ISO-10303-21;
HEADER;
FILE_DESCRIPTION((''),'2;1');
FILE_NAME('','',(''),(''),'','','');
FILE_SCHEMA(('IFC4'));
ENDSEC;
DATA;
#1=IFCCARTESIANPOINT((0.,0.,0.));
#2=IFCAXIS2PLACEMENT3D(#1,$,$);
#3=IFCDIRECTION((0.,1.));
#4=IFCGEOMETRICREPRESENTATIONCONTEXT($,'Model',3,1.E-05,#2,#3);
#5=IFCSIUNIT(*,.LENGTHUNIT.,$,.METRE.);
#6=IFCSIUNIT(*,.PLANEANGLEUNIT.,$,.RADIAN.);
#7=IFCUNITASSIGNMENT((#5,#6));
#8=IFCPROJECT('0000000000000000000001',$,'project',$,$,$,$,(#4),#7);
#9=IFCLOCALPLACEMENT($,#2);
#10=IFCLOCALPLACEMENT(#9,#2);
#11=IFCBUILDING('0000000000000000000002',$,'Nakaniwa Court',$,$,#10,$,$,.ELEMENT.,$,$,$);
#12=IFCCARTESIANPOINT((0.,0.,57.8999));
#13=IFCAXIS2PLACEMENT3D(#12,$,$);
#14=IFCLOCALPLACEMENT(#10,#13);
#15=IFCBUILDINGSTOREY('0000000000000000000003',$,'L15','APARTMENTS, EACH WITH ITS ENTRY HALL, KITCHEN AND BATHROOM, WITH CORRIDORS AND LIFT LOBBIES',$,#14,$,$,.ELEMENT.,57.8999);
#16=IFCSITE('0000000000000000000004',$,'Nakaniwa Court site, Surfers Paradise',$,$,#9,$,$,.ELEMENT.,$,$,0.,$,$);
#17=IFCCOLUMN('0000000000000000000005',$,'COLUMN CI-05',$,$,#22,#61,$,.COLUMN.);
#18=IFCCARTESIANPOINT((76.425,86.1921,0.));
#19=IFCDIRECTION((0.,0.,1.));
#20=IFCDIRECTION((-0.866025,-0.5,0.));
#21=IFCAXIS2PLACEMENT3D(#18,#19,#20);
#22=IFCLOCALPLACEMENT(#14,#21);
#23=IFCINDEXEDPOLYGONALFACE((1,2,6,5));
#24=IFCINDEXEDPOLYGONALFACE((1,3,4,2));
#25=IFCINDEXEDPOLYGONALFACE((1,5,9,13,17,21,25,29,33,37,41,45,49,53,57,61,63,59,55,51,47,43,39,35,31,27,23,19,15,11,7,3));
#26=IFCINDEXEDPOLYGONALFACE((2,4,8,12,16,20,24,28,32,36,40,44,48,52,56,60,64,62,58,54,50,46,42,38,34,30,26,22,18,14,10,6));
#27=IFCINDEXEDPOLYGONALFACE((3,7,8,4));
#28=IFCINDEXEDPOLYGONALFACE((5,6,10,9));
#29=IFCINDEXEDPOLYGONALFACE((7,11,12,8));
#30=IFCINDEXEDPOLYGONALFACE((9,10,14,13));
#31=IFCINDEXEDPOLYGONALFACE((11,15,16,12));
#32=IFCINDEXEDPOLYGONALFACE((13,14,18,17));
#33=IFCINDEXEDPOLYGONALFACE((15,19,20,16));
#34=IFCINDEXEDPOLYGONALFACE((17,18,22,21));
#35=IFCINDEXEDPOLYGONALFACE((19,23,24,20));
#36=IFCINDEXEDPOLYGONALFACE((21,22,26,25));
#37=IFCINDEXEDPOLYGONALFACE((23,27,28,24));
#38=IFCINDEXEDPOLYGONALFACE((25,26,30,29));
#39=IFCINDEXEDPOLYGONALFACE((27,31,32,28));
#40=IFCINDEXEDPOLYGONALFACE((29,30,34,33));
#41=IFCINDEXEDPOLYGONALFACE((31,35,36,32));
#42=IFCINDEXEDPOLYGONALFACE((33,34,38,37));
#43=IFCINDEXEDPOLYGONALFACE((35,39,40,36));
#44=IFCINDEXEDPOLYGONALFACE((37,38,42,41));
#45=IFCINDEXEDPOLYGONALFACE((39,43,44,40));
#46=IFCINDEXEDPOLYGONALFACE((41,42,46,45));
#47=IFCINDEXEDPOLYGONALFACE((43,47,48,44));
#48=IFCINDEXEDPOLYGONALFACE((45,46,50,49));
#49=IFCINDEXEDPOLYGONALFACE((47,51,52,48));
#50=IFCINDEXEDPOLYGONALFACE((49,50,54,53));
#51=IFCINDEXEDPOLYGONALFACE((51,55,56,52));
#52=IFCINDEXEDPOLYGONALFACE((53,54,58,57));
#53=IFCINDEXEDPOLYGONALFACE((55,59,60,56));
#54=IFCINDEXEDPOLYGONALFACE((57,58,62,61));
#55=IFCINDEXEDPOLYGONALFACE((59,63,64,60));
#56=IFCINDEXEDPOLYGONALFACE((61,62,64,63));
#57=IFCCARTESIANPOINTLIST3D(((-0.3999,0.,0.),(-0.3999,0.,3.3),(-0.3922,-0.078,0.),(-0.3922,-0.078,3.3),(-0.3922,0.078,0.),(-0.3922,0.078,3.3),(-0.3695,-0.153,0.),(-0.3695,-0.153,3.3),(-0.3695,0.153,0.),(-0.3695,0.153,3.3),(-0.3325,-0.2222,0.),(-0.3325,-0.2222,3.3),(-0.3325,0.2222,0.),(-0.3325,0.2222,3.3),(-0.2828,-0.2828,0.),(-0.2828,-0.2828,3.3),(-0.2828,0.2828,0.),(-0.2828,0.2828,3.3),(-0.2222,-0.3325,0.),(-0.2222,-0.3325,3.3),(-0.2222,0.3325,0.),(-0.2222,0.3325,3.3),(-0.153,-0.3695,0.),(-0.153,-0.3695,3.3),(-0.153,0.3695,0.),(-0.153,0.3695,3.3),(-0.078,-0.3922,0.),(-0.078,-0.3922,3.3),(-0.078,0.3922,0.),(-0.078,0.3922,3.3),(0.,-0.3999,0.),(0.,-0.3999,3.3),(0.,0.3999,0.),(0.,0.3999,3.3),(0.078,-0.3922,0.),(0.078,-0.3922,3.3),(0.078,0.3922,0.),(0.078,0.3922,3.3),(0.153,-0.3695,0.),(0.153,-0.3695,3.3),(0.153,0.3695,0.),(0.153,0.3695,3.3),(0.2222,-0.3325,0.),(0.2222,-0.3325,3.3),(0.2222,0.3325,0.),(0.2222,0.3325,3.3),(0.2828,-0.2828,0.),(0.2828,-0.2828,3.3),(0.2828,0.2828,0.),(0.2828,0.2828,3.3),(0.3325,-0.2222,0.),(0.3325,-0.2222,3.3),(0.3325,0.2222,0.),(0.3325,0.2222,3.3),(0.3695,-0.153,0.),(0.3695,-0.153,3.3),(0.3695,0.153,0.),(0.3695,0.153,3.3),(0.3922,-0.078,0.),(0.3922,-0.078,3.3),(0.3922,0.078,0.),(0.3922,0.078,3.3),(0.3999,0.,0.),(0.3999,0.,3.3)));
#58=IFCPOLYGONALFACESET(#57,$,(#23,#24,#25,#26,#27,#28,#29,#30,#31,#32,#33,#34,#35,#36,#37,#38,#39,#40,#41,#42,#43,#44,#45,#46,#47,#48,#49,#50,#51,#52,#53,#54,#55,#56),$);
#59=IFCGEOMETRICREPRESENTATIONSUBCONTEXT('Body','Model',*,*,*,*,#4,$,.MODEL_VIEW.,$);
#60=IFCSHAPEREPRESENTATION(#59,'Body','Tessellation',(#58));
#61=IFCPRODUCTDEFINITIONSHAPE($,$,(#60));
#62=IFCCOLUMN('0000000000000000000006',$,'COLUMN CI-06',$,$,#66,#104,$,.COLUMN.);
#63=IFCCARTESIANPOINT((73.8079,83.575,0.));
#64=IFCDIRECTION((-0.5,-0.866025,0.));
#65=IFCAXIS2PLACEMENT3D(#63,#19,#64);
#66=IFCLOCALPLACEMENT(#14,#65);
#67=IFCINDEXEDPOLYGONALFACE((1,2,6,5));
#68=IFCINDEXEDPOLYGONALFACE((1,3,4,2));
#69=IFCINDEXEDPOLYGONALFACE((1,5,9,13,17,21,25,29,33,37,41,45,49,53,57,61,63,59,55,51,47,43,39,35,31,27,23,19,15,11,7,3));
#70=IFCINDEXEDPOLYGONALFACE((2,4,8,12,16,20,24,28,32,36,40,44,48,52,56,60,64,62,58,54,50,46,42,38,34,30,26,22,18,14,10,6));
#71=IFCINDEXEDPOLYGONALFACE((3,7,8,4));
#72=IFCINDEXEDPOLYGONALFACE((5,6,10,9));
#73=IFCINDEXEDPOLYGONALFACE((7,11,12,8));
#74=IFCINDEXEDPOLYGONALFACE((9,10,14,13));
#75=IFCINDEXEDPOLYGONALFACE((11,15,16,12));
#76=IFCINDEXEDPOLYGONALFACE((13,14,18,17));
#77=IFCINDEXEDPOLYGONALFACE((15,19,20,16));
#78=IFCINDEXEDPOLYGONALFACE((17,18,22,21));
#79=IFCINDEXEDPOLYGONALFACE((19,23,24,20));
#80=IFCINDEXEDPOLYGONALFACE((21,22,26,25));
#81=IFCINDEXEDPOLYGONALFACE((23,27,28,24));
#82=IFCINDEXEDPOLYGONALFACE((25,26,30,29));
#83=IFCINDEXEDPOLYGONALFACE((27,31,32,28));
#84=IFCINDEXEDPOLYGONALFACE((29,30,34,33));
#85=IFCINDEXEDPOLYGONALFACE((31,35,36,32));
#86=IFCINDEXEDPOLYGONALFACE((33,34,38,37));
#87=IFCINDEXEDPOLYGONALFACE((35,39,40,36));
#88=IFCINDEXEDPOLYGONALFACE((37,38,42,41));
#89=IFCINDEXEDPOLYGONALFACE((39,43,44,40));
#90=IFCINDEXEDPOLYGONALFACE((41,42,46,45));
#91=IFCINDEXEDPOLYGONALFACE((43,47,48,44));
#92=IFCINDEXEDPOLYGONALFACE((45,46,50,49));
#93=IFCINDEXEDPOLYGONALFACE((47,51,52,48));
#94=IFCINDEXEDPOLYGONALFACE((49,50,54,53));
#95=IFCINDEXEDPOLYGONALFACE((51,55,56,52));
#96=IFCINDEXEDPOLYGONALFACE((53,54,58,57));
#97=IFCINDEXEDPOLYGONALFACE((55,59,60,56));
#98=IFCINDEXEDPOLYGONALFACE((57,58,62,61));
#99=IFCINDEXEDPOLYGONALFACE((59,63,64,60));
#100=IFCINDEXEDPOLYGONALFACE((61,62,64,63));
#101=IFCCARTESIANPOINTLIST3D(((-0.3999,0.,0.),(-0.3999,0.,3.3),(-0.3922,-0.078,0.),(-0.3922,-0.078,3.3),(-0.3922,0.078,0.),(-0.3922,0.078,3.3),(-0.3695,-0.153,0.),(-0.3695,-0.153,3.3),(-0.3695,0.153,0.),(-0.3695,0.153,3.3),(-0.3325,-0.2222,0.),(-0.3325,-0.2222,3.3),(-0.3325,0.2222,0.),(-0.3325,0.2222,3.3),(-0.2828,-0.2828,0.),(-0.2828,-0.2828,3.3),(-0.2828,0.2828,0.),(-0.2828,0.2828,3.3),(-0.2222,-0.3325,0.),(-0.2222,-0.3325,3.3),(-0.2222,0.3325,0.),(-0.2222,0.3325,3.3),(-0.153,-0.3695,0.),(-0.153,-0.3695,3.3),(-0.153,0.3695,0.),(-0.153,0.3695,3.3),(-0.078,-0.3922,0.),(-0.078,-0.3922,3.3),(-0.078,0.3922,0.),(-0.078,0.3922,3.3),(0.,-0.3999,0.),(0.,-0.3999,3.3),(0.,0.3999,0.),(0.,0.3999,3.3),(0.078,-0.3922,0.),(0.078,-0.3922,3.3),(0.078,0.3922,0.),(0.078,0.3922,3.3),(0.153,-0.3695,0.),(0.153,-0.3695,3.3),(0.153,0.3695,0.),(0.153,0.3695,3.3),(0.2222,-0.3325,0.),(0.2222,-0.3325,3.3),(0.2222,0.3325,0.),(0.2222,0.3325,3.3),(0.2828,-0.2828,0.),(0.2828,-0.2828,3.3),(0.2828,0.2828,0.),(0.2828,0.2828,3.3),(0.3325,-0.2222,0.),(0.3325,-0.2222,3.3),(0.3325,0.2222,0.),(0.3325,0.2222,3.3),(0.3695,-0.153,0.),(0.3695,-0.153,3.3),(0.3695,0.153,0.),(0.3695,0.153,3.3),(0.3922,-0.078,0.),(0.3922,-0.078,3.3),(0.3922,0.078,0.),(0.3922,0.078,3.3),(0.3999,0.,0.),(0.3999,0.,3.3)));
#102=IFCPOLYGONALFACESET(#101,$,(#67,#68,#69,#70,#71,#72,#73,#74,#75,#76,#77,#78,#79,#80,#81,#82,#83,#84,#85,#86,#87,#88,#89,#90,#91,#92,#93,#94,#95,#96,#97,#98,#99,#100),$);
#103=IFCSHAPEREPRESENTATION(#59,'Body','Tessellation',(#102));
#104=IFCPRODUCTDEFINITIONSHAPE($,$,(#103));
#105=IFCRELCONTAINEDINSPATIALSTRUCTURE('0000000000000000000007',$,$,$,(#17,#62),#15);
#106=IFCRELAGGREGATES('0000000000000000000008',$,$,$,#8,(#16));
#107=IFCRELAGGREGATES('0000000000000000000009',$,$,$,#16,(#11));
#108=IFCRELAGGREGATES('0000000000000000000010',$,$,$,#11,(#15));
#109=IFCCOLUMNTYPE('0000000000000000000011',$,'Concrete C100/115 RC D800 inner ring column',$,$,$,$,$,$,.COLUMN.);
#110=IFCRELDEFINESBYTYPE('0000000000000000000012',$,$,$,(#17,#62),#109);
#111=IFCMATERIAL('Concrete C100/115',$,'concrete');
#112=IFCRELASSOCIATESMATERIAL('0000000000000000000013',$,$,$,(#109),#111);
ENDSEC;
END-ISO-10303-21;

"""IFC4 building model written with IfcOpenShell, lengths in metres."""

from ifc_helpers import new_model, si_unit, direction, frame, origin, origin_2d, place, context, subcontext, project, spatial, circle, extrude, material, material_profile, profile_set, type_object, element, save


model = new_model("IFC4")

# Units and contexts
model_context = context("Model", 3, precision=1e-05, world=origin(), true_north=direction((0.0, 1.0)))
body_context = subcontext(model_context, "Body", "Model", "MODEL_VIEW")
ifc_project = project(units=[si_unit("LENGTHUNIT", "METRE"), si_unit("PLANEANGLEUNIT", "RADIAN")], contexts=[model_context])

# Site, building, storey
site_placement = place(None, origin())
site = spatial("IfcSite", under=ifc_project, at=site_placement, Name="Nakaniwa Court site, Surfers Paradise", CompositionType="ELEMENT", RefElevation=0.0)
building_placement = place(site_placement, origin())
building = spatial("IfcBuilding", under=site, at=building_placement, Name="Nakaniwa Court", CompositionType="ELEMENT")
storey_placement = place(building_placement, frame((0.0, 0.0, 57.8999)))
storey = spatial("IfcBuildingStorey", under=building, at=storey_placement, Name="L15", Description="APARTMENTS, EACH WITH ITS ENTRY HALL, KITCHEN AND BATHROOM, WITH CORRIDORS AND LIFT LOBBIES", CompositionType="ELEMENT", Elevation=57.8999)

# Columns
ifc_material_1 = material(Name="Concrete C100/115", Category="concrete")
ifc_material_profile_1 = material_profile(ifc_material_1, circle(Radius=0.3999, at=origin_2d()), Name="Concrete C100/115 RC D800 inner ring column")
ifc_profile_set_1 = profile_set([ifc_material_profile_1], Name="Concrete C100/115")
column_type_1 = type_object("IfcColumnType", Name="Concrete C100/115 RC D800 inner ring column", PredefinedType="COLUMN", material=ifc_profile_set_1)
for number, where, z_axis, x_axis, name in (
    (1, (76.425, 86.1921, 0.0), (0.0, 0.0, 1.0), (-0.866025, -0.5, 0.0), "COLUMN CI-05"),
    (2, (73.8079, 83.575, 0.0), (0.0, 0.0, 1.0), (-0.5, -0.866025, 0.0), "COLUMN CI-06"),
):
    element("IfcColumn", number, at=place(storey_placement, frame(where, z_axis=z_axis, x_axis=x_axis)), inside=storey, type_object=column_type_1, Name=name, PredefinedType="COLUMN", context=body_context, shape_type="SweptSolid", body=[
        extrude(circle(Radius=0.3999, at=origin_2d()), origin(), (0.0, 0.0, 1.0), 3.3),
    ])

save(model, "model.ifc")
